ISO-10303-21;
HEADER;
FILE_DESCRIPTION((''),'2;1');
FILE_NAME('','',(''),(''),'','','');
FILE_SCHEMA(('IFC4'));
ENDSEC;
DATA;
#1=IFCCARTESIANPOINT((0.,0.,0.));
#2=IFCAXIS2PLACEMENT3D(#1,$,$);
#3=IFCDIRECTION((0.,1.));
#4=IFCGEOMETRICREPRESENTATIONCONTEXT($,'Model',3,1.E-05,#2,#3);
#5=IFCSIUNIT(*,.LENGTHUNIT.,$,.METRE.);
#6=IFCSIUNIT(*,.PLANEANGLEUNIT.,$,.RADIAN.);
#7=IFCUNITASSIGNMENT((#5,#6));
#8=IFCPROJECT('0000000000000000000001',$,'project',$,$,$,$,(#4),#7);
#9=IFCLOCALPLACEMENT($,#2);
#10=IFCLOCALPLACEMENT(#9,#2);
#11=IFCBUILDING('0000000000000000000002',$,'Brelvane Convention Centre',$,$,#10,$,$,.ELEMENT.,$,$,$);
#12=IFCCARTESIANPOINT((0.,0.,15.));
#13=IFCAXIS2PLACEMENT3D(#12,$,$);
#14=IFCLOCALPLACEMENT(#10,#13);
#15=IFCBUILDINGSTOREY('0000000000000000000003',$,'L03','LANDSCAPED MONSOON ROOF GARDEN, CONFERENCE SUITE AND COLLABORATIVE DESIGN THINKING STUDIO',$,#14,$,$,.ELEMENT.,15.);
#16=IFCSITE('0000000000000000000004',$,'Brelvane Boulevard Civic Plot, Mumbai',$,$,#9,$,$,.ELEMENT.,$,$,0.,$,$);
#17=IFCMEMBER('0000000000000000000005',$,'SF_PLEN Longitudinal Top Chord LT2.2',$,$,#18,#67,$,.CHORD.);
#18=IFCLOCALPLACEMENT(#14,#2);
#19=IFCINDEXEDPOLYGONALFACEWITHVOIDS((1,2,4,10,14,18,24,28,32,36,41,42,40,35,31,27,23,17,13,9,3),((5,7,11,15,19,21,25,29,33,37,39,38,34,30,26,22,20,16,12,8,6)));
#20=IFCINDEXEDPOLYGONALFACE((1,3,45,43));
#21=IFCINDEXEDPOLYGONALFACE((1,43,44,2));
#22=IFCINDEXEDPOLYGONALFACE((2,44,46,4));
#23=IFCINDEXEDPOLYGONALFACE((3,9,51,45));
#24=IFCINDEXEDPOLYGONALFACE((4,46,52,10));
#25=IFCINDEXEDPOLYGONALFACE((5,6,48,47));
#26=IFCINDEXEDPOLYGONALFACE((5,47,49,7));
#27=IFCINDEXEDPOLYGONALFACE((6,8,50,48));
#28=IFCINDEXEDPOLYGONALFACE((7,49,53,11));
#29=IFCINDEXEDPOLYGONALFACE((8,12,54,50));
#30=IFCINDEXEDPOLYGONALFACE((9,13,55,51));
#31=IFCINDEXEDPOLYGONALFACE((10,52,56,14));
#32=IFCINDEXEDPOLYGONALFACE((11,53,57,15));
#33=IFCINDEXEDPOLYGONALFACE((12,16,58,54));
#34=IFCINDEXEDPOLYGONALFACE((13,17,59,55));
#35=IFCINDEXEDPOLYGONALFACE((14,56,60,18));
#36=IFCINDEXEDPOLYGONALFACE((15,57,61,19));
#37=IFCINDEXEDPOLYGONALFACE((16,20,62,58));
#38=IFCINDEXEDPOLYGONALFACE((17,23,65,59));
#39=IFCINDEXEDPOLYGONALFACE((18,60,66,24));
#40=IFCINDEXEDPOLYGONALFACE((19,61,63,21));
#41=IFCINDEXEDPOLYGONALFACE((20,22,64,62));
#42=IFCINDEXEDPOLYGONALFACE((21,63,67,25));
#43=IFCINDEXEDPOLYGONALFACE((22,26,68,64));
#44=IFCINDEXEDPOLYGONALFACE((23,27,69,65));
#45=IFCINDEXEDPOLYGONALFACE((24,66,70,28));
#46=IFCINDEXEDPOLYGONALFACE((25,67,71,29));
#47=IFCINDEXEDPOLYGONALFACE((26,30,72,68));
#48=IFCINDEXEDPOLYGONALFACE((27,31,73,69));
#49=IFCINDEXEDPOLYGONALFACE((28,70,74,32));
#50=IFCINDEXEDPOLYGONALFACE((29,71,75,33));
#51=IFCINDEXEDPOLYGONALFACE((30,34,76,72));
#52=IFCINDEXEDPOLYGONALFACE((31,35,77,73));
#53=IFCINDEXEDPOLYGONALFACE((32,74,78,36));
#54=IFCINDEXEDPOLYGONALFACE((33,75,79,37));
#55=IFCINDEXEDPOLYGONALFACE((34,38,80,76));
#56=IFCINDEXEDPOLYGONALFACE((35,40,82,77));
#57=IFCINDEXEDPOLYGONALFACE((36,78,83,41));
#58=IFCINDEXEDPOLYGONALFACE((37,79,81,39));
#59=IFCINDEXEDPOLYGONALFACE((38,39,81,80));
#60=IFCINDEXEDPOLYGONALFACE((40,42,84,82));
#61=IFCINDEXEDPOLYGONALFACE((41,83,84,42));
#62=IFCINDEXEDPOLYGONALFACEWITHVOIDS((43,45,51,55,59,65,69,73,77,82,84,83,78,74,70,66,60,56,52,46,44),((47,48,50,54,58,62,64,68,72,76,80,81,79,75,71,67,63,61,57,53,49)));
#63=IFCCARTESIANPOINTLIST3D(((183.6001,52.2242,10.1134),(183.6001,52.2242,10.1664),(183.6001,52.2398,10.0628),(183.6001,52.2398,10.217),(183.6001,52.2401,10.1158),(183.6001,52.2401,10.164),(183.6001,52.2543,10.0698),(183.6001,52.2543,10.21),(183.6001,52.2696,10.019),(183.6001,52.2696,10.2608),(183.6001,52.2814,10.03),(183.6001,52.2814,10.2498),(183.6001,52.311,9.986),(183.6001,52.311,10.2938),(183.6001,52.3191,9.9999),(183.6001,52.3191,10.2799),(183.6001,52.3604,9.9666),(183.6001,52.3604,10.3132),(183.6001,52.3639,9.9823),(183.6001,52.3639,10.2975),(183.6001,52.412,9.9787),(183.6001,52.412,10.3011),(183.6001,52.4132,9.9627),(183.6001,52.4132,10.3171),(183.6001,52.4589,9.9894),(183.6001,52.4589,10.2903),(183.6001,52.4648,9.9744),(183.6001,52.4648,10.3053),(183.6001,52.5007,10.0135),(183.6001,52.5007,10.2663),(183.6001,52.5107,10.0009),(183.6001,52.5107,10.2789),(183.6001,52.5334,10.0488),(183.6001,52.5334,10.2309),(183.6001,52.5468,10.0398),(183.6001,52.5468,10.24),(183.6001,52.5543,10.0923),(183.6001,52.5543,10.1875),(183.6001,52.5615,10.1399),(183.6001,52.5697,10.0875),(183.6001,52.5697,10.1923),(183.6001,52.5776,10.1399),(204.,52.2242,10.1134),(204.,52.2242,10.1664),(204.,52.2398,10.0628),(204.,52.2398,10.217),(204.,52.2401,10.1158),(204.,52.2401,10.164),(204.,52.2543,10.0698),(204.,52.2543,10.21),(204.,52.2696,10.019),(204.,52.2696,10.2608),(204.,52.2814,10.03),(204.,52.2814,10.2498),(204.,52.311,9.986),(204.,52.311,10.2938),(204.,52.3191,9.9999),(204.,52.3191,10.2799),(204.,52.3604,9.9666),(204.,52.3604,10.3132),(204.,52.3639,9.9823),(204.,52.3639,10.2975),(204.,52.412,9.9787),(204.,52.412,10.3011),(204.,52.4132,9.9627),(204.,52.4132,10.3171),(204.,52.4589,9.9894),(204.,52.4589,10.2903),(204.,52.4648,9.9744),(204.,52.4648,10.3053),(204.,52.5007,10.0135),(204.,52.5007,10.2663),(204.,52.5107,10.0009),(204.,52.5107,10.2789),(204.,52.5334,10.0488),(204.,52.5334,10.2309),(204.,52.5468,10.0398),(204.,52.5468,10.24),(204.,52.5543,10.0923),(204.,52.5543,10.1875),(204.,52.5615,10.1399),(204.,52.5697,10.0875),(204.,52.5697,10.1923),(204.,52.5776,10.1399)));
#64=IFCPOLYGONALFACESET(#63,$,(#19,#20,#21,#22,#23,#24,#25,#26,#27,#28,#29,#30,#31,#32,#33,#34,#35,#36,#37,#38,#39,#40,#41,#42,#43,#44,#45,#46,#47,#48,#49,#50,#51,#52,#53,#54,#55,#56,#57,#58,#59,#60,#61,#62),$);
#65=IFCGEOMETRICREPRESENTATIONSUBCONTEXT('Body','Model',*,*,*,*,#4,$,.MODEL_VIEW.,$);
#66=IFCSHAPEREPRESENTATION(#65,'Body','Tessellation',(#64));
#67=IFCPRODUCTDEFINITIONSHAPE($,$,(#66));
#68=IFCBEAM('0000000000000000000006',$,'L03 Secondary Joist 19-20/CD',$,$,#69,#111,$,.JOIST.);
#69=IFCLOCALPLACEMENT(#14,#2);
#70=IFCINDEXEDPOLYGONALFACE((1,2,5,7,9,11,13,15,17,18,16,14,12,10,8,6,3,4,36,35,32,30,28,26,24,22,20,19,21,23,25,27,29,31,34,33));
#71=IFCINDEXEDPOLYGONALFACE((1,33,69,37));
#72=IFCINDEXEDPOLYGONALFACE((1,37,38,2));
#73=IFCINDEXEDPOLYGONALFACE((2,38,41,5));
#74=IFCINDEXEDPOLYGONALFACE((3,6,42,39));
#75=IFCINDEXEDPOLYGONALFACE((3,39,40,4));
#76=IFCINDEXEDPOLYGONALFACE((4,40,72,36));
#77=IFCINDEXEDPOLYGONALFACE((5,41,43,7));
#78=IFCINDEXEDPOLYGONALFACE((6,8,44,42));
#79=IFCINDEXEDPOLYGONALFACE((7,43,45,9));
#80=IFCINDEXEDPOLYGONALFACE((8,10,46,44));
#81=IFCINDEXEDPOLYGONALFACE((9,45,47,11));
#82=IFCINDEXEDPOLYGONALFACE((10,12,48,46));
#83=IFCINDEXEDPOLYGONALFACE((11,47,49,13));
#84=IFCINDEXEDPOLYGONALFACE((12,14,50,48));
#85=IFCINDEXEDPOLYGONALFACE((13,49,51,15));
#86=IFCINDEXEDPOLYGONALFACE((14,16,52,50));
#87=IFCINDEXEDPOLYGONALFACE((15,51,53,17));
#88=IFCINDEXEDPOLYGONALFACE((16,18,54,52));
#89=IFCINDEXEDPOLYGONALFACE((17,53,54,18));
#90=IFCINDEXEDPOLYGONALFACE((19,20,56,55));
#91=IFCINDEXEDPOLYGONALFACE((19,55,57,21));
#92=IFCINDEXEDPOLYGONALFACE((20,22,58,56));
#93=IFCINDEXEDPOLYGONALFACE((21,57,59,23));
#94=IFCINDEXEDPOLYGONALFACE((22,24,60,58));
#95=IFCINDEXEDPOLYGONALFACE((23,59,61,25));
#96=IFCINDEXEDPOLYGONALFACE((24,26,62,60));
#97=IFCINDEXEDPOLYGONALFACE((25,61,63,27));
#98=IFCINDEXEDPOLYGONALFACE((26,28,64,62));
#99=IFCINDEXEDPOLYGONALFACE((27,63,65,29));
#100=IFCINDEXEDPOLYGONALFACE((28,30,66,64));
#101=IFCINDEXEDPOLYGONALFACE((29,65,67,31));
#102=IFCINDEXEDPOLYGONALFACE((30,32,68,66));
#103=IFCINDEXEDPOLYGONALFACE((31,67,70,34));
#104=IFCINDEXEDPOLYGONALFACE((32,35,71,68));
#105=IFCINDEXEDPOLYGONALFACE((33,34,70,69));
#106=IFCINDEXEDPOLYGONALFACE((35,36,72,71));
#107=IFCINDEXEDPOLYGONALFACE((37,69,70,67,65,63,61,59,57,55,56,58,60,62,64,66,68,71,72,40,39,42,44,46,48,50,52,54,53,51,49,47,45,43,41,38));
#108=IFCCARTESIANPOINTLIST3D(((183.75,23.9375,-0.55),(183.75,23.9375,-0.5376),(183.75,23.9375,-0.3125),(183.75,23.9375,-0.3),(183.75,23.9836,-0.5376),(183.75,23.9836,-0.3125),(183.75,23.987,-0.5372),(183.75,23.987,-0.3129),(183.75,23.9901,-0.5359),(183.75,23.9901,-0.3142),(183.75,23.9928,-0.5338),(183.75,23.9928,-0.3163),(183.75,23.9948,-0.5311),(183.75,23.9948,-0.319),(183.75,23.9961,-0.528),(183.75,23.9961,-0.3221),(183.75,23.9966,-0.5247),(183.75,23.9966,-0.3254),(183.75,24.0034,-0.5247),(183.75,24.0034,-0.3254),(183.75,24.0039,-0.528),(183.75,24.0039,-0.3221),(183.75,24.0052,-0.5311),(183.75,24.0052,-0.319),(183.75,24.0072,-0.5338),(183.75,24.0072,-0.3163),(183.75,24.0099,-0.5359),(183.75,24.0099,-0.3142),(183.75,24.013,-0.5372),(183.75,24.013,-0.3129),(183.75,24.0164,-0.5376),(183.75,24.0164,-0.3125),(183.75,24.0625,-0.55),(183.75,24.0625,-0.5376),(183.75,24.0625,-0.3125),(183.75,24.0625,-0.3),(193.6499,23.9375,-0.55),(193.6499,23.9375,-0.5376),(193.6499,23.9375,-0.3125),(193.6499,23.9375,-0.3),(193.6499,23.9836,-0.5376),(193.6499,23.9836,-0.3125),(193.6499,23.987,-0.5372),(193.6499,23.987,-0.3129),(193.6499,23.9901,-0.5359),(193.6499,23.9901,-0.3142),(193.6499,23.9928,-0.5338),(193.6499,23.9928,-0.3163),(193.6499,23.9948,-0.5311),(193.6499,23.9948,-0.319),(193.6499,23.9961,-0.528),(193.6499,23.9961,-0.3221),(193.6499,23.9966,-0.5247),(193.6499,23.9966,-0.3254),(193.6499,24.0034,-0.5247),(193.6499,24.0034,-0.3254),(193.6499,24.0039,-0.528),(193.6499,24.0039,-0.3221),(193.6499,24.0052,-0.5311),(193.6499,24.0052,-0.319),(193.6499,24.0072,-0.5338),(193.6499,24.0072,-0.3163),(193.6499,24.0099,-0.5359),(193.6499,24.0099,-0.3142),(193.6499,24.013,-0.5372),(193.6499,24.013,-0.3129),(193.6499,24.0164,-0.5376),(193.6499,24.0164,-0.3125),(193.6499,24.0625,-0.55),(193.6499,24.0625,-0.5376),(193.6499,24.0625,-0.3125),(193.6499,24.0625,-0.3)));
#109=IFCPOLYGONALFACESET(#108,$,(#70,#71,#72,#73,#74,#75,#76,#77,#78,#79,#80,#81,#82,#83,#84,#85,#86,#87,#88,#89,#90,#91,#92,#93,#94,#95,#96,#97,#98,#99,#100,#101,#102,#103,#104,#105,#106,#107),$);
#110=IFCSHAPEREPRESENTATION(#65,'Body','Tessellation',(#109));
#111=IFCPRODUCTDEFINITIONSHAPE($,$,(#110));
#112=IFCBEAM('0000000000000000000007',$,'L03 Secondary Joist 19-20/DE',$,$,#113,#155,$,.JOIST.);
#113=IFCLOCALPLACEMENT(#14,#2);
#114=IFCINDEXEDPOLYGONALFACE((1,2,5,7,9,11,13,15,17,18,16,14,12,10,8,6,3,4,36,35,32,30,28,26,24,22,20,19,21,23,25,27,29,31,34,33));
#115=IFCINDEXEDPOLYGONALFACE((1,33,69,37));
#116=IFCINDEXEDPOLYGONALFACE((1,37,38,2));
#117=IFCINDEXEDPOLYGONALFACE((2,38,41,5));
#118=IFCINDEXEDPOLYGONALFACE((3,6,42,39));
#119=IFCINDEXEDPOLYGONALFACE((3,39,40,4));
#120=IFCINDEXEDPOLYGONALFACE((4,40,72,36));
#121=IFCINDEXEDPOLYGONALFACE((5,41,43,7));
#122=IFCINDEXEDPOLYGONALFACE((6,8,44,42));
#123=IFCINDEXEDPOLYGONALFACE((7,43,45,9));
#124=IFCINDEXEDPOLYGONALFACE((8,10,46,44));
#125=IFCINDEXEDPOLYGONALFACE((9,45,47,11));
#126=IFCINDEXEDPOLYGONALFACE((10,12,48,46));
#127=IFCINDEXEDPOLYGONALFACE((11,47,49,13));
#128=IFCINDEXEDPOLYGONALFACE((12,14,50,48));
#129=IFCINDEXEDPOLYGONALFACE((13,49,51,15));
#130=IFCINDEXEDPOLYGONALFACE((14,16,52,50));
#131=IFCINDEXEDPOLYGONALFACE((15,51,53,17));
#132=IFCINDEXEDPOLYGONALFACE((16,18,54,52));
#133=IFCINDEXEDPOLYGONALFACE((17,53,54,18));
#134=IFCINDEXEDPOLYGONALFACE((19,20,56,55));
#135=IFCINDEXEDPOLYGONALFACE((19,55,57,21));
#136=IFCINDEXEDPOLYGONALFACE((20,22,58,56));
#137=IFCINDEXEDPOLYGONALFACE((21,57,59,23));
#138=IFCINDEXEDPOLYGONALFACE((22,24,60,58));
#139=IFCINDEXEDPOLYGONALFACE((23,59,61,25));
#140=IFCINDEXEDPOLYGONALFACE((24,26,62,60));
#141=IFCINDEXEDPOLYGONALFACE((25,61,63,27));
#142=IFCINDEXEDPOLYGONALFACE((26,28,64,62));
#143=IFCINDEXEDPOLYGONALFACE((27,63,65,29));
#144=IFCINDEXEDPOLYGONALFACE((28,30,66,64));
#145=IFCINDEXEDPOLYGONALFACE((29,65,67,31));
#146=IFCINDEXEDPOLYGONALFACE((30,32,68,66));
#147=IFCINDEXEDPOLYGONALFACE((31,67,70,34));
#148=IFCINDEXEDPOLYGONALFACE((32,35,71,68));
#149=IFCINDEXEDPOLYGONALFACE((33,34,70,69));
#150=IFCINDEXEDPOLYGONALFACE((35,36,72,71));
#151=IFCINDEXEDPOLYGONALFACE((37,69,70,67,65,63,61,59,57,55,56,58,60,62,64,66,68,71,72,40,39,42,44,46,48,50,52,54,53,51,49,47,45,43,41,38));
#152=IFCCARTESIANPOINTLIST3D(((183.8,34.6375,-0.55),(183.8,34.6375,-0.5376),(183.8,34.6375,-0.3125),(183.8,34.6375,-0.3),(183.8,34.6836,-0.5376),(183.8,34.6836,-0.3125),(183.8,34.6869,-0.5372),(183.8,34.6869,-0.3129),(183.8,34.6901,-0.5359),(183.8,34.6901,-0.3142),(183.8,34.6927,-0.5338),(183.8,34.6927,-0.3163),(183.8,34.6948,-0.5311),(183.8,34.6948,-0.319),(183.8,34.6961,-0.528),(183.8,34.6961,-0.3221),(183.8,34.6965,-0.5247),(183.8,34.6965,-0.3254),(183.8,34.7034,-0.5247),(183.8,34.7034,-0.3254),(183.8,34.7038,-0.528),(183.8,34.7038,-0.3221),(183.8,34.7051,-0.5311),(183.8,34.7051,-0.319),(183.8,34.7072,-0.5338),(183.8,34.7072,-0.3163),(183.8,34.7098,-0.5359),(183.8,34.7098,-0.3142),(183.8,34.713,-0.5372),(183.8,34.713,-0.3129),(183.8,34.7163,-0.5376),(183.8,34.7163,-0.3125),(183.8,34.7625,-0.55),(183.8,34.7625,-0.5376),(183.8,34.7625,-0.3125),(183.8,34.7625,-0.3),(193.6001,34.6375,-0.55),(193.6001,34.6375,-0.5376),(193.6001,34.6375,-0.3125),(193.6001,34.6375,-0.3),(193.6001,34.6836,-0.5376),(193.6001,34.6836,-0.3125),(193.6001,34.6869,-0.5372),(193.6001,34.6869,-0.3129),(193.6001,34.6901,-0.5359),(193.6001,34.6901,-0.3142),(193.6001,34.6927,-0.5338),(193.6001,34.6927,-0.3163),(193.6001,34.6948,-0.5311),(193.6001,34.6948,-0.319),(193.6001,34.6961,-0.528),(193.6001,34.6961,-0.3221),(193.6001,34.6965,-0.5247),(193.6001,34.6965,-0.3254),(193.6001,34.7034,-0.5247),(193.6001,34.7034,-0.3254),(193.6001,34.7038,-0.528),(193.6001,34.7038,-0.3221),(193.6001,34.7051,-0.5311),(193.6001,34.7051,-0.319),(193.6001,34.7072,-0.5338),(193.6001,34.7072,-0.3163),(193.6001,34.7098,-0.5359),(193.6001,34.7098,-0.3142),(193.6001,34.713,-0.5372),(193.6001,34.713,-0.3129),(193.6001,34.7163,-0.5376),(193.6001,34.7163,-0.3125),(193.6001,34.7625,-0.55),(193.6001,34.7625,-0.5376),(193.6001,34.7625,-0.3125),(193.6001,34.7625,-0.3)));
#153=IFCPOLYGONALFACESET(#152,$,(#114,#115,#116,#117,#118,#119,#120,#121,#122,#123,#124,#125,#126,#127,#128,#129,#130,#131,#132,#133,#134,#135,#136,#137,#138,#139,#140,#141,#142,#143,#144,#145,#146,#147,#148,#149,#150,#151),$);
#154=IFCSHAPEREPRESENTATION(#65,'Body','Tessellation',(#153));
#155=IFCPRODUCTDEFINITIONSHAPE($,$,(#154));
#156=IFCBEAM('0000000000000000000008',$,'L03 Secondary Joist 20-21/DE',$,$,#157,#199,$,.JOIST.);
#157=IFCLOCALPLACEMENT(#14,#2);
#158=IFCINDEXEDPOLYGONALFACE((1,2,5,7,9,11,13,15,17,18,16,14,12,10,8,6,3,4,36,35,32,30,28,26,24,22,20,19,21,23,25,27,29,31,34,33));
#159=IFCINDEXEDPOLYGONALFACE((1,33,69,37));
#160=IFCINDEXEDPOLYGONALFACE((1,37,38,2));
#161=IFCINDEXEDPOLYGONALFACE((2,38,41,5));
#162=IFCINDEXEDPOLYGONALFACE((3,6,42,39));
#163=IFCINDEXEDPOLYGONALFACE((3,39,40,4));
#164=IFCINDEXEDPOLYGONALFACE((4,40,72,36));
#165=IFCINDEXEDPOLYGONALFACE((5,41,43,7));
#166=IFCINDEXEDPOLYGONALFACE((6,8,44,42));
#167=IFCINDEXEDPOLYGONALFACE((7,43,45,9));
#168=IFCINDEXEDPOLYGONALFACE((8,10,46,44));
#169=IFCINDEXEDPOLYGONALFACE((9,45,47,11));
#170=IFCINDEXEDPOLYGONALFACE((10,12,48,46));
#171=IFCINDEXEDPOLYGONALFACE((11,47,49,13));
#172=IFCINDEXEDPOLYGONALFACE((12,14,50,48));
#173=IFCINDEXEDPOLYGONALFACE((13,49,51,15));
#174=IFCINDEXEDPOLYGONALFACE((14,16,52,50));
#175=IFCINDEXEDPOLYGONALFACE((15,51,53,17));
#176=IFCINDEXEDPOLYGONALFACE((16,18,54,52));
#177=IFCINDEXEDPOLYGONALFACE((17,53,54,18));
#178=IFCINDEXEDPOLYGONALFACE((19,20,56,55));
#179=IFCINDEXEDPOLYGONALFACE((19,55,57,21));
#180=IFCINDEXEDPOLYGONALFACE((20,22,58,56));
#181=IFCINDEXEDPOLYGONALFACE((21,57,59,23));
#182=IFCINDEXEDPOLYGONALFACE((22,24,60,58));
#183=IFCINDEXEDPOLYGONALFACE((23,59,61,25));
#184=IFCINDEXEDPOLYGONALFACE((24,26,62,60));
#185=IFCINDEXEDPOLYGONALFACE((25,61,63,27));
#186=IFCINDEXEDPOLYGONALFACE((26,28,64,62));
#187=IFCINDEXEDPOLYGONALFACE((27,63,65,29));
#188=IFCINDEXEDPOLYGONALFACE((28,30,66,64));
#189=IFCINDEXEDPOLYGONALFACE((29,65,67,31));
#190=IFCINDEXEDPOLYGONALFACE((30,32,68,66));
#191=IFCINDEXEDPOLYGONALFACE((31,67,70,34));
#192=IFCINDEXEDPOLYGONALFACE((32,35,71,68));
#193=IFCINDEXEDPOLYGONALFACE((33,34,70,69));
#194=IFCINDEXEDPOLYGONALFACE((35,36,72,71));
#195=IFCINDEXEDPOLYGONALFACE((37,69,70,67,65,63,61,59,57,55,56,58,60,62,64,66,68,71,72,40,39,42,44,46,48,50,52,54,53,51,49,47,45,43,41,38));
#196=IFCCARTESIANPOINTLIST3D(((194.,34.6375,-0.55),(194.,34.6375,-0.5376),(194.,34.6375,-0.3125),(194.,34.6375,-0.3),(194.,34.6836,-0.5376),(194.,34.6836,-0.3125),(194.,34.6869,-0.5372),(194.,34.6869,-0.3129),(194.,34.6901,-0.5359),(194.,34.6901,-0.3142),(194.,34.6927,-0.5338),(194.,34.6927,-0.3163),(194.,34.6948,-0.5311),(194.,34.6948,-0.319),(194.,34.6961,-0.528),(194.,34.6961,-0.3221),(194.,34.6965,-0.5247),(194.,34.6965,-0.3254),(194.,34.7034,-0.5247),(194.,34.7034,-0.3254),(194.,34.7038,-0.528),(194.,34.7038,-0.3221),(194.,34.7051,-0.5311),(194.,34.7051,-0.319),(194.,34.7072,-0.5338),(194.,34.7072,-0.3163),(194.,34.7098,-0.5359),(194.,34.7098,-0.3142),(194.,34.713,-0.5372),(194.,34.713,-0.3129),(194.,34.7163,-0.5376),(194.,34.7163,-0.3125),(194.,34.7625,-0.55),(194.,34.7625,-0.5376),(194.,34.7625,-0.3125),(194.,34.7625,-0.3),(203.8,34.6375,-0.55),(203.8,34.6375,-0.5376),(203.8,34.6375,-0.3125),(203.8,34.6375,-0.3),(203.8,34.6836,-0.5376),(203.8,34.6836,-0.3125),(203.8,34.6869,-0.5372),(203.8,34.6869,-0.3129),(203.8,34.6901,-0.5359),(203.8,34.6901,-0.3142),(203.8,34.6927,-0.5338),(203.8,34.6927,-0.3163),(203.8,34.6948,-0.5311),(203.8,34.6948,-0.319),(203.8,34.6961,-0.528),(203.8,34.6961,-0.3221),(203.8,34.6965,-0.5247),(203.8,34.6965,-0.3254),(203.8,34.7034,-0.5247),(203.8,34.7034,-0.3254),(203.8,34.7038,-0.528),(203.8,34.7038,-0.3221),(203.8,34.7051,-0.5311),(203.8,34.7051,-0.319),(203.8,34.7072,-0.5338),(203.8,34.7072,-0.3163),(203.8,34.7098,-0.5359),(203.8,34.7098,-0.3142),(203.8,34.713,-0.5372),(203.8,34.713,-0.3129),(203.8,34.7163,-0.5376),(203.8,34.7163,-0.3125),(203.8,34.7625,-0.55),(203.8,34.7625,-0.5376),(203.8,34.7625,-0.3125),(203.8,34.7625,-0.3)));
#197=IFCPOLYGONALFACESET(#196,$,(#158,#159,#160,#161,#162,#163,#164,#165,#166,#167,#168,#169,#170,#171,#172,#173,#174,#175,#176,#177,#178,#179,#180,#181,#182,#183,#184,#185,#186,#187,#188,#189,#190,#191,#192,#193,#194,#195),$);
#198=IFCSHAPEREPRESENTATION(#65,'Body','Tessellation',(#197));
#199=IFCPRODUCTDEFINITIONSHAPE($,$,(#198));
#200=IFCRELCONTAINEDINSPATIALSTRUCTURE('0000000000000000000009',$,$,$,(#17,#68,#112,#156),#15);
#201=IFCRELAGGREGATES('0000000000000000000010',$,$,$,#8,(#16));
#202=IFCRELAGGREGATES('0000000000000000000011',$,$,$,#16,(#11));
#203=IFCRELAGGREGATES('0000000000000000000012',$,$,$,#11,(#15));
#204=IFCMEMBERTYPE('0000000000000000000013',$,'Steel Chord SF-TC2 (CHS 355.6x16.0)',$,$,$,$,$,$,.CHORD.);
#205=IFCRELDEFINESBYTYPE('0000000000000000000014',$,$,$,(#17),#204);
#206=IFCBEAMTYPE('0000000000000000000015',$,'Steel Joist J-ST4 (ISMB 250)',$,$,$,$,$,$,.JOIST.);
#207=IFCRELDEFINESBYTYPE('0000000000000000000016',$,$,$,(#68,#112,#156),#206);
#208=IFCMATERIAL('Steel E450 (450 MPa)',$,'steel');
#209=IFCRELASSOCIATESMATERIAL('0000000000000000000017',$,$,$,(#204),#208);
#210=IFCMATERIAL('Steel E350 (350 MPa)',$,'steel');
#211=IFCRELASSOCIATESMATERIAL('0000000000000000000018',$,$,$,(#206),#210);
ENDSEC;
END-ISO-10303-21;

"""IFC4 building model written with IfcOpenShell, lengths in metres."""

from ifc_helpers import new_model, si_unit, direction, frame, origin, origin_2d, place, context, subcontext, project, spatial, hollow_circle, i_section, extrude, material, material_profile, profile_set, type_object, element, save


model = new_model("IFC4")

# Units and contexts
model_context = context("Model", 3, precision=1e-05, world=origin(), true_north=direction((0.0, 1.0)))
body_context = subcontext(model_context, "Body", "Model", "MODEL_VIEW")
ifc_project = project(units=[si_unit("LENGTHUNIT", "METRE"), si_unit("PLANEANGLEUNIT", "RADIAN")], contexts=[model_context])

# Site, building, storey
site_placement = place(None, origin())
site = spatial("IfcSite", under=ifc_project, at=site_placement, Name="Brelvane Boulevard Civic Plot, Mumbai", CompositionType="ELEMENT", RefElevation=0.0)
building_placement = place(site_placement, origin())
building = spatial("IfcBuilding", under=site, at=building_placement, Name="Brelvane Convention Centre", CompositionType="ELEMENT")
storey_placement = place(building_placement, frame((0.0, 0.0, 15.0)))
storey = spatial("IfcBuildingStorey", under=building, at=storey_placement, Name="L03", Description="LANDSCAPED MONSOON ROOF GARDEN, CONFERENCE SUITE AND COLLABORATIVE DESIGN THINKING STUDIO", CompositionType="ELEMENT", Elevation=15.0)

# Member
ifc_material_1 = material(Name="Steel E450 (450 MPa)", Category="steel")
ifc_material_profile_1 = material_profile(ifc_material_1, hollow_circle(Radius=0.1777, WallThickness=0.0161, at=origin_2d()), Name="CHS 355.6x16.0")
ifc_profile_set_1 = profile_set([ifc_material_profile_1], Name="Steel E450 (450 MPa)")
member_type_1 = type_object("IfcMemberType", Name="Steel Chord SF-TC2 (CHS 355.6x16.0)", PredefinedType="CHORD", material=ifc_profile_set_1)
member_1_placement = place(storey_placement, frame((183.6001, 52.3999, 10.1399), z_axis=(1.0, 0.0, 0.0), x_axis=(0.0, 1.0, 0.0)))
element("IfcMember", 1, at=member_1_placement, inside=storey, type_object=member_type_1, Name="SF_PLEN Longitudinal Top Chord LT2.2", PredefinedType="CHORD", context=body_context, shape_type="SweptSolid", body=[
    extrude(hollow_circle(Radius=0.1777, WallThickness=0.0161, at=origin_2d()), origin(), (0.0, 0.0, 1.0), 20.3999),
])

# Beams
ifc_material_2 = material(Name="Steel E350 (350 MPa)", Category="steel")
ifc_material_profile_2 = material_profile(ifc_material_2, i_section(OverallWidth=0.125, OverallDepth=0.25, WebThickness=0.0068, FlangeThickness=0.0125, FilletRadius=0.0129, at=origin_2d()), Name="ISMB 250")
ifc_profile_set_2 = profile_set([ifc_material_profile_2], Name="Steel E350 (350 MPa)")
beam_type_1 = type_object("IfcBeamType", Name="Steel Joist J-ST4 (ISMB 250)", PredefinedType="JOIST", material=ifc_profile_set_2)
beam_1_placement = place(storey_placement, frame((183.75, 24.0, -0.425), z_axis=(1.0, 0.0, 0.0), x_axis=(0.0, 1.0, 0.0)))
element("IfcBeam", 2, at=beam_1_placement, inside=storey, type_object=beam_type_1, Name="L03 Secondary Joist 19-20/CD", PredefinedType="JOIST", context=body_context, shape_type="SweptSolid", body=[
    extrude(i_section(OverallWidth=0.125, OverallDepth=0.25, WebThickness=0.0068, FlangeThickness=0.0125, FilletRadius=0.0129, at=origin_2d()), origin(), (0.0, 0.0, 1.0), 9.8999),
])
for number, where, z_axis, x_axis, name in (
    (3, (183.8, 34.7, -0.425), (1.0, 0.0, 0.0), (0.0, 1.0, 0.0), "L03 Secondary Joist 19-20/DE"),
    (4, (194.0, 34.7, -0.425), (1.0, 0.0, 0.0), (0.0, 1.0, 0.0), "L03 Secondary Joist 20-21/DE"),
):
    element("IfcBeam", number, at=place(storey_placement, frame(where, z_axis=z_axis, x_axis=x_axis)), inside=storey, type_object=beam_type_1, Name=name, PredefinedType="JOIST", context=body_context, shape_type="SweptSolid", body=[
        extrude(i_section(OverallWidth=0.125, OverallDepth=0.25, WebThickness=0.0068, FlangeThickness=0.0125, FilletRadius=0.0129, at=origin_2d()), origin(), (0.0, 0.0, 1.0), 9.8),
    ])

save(model, "model.ifc")
